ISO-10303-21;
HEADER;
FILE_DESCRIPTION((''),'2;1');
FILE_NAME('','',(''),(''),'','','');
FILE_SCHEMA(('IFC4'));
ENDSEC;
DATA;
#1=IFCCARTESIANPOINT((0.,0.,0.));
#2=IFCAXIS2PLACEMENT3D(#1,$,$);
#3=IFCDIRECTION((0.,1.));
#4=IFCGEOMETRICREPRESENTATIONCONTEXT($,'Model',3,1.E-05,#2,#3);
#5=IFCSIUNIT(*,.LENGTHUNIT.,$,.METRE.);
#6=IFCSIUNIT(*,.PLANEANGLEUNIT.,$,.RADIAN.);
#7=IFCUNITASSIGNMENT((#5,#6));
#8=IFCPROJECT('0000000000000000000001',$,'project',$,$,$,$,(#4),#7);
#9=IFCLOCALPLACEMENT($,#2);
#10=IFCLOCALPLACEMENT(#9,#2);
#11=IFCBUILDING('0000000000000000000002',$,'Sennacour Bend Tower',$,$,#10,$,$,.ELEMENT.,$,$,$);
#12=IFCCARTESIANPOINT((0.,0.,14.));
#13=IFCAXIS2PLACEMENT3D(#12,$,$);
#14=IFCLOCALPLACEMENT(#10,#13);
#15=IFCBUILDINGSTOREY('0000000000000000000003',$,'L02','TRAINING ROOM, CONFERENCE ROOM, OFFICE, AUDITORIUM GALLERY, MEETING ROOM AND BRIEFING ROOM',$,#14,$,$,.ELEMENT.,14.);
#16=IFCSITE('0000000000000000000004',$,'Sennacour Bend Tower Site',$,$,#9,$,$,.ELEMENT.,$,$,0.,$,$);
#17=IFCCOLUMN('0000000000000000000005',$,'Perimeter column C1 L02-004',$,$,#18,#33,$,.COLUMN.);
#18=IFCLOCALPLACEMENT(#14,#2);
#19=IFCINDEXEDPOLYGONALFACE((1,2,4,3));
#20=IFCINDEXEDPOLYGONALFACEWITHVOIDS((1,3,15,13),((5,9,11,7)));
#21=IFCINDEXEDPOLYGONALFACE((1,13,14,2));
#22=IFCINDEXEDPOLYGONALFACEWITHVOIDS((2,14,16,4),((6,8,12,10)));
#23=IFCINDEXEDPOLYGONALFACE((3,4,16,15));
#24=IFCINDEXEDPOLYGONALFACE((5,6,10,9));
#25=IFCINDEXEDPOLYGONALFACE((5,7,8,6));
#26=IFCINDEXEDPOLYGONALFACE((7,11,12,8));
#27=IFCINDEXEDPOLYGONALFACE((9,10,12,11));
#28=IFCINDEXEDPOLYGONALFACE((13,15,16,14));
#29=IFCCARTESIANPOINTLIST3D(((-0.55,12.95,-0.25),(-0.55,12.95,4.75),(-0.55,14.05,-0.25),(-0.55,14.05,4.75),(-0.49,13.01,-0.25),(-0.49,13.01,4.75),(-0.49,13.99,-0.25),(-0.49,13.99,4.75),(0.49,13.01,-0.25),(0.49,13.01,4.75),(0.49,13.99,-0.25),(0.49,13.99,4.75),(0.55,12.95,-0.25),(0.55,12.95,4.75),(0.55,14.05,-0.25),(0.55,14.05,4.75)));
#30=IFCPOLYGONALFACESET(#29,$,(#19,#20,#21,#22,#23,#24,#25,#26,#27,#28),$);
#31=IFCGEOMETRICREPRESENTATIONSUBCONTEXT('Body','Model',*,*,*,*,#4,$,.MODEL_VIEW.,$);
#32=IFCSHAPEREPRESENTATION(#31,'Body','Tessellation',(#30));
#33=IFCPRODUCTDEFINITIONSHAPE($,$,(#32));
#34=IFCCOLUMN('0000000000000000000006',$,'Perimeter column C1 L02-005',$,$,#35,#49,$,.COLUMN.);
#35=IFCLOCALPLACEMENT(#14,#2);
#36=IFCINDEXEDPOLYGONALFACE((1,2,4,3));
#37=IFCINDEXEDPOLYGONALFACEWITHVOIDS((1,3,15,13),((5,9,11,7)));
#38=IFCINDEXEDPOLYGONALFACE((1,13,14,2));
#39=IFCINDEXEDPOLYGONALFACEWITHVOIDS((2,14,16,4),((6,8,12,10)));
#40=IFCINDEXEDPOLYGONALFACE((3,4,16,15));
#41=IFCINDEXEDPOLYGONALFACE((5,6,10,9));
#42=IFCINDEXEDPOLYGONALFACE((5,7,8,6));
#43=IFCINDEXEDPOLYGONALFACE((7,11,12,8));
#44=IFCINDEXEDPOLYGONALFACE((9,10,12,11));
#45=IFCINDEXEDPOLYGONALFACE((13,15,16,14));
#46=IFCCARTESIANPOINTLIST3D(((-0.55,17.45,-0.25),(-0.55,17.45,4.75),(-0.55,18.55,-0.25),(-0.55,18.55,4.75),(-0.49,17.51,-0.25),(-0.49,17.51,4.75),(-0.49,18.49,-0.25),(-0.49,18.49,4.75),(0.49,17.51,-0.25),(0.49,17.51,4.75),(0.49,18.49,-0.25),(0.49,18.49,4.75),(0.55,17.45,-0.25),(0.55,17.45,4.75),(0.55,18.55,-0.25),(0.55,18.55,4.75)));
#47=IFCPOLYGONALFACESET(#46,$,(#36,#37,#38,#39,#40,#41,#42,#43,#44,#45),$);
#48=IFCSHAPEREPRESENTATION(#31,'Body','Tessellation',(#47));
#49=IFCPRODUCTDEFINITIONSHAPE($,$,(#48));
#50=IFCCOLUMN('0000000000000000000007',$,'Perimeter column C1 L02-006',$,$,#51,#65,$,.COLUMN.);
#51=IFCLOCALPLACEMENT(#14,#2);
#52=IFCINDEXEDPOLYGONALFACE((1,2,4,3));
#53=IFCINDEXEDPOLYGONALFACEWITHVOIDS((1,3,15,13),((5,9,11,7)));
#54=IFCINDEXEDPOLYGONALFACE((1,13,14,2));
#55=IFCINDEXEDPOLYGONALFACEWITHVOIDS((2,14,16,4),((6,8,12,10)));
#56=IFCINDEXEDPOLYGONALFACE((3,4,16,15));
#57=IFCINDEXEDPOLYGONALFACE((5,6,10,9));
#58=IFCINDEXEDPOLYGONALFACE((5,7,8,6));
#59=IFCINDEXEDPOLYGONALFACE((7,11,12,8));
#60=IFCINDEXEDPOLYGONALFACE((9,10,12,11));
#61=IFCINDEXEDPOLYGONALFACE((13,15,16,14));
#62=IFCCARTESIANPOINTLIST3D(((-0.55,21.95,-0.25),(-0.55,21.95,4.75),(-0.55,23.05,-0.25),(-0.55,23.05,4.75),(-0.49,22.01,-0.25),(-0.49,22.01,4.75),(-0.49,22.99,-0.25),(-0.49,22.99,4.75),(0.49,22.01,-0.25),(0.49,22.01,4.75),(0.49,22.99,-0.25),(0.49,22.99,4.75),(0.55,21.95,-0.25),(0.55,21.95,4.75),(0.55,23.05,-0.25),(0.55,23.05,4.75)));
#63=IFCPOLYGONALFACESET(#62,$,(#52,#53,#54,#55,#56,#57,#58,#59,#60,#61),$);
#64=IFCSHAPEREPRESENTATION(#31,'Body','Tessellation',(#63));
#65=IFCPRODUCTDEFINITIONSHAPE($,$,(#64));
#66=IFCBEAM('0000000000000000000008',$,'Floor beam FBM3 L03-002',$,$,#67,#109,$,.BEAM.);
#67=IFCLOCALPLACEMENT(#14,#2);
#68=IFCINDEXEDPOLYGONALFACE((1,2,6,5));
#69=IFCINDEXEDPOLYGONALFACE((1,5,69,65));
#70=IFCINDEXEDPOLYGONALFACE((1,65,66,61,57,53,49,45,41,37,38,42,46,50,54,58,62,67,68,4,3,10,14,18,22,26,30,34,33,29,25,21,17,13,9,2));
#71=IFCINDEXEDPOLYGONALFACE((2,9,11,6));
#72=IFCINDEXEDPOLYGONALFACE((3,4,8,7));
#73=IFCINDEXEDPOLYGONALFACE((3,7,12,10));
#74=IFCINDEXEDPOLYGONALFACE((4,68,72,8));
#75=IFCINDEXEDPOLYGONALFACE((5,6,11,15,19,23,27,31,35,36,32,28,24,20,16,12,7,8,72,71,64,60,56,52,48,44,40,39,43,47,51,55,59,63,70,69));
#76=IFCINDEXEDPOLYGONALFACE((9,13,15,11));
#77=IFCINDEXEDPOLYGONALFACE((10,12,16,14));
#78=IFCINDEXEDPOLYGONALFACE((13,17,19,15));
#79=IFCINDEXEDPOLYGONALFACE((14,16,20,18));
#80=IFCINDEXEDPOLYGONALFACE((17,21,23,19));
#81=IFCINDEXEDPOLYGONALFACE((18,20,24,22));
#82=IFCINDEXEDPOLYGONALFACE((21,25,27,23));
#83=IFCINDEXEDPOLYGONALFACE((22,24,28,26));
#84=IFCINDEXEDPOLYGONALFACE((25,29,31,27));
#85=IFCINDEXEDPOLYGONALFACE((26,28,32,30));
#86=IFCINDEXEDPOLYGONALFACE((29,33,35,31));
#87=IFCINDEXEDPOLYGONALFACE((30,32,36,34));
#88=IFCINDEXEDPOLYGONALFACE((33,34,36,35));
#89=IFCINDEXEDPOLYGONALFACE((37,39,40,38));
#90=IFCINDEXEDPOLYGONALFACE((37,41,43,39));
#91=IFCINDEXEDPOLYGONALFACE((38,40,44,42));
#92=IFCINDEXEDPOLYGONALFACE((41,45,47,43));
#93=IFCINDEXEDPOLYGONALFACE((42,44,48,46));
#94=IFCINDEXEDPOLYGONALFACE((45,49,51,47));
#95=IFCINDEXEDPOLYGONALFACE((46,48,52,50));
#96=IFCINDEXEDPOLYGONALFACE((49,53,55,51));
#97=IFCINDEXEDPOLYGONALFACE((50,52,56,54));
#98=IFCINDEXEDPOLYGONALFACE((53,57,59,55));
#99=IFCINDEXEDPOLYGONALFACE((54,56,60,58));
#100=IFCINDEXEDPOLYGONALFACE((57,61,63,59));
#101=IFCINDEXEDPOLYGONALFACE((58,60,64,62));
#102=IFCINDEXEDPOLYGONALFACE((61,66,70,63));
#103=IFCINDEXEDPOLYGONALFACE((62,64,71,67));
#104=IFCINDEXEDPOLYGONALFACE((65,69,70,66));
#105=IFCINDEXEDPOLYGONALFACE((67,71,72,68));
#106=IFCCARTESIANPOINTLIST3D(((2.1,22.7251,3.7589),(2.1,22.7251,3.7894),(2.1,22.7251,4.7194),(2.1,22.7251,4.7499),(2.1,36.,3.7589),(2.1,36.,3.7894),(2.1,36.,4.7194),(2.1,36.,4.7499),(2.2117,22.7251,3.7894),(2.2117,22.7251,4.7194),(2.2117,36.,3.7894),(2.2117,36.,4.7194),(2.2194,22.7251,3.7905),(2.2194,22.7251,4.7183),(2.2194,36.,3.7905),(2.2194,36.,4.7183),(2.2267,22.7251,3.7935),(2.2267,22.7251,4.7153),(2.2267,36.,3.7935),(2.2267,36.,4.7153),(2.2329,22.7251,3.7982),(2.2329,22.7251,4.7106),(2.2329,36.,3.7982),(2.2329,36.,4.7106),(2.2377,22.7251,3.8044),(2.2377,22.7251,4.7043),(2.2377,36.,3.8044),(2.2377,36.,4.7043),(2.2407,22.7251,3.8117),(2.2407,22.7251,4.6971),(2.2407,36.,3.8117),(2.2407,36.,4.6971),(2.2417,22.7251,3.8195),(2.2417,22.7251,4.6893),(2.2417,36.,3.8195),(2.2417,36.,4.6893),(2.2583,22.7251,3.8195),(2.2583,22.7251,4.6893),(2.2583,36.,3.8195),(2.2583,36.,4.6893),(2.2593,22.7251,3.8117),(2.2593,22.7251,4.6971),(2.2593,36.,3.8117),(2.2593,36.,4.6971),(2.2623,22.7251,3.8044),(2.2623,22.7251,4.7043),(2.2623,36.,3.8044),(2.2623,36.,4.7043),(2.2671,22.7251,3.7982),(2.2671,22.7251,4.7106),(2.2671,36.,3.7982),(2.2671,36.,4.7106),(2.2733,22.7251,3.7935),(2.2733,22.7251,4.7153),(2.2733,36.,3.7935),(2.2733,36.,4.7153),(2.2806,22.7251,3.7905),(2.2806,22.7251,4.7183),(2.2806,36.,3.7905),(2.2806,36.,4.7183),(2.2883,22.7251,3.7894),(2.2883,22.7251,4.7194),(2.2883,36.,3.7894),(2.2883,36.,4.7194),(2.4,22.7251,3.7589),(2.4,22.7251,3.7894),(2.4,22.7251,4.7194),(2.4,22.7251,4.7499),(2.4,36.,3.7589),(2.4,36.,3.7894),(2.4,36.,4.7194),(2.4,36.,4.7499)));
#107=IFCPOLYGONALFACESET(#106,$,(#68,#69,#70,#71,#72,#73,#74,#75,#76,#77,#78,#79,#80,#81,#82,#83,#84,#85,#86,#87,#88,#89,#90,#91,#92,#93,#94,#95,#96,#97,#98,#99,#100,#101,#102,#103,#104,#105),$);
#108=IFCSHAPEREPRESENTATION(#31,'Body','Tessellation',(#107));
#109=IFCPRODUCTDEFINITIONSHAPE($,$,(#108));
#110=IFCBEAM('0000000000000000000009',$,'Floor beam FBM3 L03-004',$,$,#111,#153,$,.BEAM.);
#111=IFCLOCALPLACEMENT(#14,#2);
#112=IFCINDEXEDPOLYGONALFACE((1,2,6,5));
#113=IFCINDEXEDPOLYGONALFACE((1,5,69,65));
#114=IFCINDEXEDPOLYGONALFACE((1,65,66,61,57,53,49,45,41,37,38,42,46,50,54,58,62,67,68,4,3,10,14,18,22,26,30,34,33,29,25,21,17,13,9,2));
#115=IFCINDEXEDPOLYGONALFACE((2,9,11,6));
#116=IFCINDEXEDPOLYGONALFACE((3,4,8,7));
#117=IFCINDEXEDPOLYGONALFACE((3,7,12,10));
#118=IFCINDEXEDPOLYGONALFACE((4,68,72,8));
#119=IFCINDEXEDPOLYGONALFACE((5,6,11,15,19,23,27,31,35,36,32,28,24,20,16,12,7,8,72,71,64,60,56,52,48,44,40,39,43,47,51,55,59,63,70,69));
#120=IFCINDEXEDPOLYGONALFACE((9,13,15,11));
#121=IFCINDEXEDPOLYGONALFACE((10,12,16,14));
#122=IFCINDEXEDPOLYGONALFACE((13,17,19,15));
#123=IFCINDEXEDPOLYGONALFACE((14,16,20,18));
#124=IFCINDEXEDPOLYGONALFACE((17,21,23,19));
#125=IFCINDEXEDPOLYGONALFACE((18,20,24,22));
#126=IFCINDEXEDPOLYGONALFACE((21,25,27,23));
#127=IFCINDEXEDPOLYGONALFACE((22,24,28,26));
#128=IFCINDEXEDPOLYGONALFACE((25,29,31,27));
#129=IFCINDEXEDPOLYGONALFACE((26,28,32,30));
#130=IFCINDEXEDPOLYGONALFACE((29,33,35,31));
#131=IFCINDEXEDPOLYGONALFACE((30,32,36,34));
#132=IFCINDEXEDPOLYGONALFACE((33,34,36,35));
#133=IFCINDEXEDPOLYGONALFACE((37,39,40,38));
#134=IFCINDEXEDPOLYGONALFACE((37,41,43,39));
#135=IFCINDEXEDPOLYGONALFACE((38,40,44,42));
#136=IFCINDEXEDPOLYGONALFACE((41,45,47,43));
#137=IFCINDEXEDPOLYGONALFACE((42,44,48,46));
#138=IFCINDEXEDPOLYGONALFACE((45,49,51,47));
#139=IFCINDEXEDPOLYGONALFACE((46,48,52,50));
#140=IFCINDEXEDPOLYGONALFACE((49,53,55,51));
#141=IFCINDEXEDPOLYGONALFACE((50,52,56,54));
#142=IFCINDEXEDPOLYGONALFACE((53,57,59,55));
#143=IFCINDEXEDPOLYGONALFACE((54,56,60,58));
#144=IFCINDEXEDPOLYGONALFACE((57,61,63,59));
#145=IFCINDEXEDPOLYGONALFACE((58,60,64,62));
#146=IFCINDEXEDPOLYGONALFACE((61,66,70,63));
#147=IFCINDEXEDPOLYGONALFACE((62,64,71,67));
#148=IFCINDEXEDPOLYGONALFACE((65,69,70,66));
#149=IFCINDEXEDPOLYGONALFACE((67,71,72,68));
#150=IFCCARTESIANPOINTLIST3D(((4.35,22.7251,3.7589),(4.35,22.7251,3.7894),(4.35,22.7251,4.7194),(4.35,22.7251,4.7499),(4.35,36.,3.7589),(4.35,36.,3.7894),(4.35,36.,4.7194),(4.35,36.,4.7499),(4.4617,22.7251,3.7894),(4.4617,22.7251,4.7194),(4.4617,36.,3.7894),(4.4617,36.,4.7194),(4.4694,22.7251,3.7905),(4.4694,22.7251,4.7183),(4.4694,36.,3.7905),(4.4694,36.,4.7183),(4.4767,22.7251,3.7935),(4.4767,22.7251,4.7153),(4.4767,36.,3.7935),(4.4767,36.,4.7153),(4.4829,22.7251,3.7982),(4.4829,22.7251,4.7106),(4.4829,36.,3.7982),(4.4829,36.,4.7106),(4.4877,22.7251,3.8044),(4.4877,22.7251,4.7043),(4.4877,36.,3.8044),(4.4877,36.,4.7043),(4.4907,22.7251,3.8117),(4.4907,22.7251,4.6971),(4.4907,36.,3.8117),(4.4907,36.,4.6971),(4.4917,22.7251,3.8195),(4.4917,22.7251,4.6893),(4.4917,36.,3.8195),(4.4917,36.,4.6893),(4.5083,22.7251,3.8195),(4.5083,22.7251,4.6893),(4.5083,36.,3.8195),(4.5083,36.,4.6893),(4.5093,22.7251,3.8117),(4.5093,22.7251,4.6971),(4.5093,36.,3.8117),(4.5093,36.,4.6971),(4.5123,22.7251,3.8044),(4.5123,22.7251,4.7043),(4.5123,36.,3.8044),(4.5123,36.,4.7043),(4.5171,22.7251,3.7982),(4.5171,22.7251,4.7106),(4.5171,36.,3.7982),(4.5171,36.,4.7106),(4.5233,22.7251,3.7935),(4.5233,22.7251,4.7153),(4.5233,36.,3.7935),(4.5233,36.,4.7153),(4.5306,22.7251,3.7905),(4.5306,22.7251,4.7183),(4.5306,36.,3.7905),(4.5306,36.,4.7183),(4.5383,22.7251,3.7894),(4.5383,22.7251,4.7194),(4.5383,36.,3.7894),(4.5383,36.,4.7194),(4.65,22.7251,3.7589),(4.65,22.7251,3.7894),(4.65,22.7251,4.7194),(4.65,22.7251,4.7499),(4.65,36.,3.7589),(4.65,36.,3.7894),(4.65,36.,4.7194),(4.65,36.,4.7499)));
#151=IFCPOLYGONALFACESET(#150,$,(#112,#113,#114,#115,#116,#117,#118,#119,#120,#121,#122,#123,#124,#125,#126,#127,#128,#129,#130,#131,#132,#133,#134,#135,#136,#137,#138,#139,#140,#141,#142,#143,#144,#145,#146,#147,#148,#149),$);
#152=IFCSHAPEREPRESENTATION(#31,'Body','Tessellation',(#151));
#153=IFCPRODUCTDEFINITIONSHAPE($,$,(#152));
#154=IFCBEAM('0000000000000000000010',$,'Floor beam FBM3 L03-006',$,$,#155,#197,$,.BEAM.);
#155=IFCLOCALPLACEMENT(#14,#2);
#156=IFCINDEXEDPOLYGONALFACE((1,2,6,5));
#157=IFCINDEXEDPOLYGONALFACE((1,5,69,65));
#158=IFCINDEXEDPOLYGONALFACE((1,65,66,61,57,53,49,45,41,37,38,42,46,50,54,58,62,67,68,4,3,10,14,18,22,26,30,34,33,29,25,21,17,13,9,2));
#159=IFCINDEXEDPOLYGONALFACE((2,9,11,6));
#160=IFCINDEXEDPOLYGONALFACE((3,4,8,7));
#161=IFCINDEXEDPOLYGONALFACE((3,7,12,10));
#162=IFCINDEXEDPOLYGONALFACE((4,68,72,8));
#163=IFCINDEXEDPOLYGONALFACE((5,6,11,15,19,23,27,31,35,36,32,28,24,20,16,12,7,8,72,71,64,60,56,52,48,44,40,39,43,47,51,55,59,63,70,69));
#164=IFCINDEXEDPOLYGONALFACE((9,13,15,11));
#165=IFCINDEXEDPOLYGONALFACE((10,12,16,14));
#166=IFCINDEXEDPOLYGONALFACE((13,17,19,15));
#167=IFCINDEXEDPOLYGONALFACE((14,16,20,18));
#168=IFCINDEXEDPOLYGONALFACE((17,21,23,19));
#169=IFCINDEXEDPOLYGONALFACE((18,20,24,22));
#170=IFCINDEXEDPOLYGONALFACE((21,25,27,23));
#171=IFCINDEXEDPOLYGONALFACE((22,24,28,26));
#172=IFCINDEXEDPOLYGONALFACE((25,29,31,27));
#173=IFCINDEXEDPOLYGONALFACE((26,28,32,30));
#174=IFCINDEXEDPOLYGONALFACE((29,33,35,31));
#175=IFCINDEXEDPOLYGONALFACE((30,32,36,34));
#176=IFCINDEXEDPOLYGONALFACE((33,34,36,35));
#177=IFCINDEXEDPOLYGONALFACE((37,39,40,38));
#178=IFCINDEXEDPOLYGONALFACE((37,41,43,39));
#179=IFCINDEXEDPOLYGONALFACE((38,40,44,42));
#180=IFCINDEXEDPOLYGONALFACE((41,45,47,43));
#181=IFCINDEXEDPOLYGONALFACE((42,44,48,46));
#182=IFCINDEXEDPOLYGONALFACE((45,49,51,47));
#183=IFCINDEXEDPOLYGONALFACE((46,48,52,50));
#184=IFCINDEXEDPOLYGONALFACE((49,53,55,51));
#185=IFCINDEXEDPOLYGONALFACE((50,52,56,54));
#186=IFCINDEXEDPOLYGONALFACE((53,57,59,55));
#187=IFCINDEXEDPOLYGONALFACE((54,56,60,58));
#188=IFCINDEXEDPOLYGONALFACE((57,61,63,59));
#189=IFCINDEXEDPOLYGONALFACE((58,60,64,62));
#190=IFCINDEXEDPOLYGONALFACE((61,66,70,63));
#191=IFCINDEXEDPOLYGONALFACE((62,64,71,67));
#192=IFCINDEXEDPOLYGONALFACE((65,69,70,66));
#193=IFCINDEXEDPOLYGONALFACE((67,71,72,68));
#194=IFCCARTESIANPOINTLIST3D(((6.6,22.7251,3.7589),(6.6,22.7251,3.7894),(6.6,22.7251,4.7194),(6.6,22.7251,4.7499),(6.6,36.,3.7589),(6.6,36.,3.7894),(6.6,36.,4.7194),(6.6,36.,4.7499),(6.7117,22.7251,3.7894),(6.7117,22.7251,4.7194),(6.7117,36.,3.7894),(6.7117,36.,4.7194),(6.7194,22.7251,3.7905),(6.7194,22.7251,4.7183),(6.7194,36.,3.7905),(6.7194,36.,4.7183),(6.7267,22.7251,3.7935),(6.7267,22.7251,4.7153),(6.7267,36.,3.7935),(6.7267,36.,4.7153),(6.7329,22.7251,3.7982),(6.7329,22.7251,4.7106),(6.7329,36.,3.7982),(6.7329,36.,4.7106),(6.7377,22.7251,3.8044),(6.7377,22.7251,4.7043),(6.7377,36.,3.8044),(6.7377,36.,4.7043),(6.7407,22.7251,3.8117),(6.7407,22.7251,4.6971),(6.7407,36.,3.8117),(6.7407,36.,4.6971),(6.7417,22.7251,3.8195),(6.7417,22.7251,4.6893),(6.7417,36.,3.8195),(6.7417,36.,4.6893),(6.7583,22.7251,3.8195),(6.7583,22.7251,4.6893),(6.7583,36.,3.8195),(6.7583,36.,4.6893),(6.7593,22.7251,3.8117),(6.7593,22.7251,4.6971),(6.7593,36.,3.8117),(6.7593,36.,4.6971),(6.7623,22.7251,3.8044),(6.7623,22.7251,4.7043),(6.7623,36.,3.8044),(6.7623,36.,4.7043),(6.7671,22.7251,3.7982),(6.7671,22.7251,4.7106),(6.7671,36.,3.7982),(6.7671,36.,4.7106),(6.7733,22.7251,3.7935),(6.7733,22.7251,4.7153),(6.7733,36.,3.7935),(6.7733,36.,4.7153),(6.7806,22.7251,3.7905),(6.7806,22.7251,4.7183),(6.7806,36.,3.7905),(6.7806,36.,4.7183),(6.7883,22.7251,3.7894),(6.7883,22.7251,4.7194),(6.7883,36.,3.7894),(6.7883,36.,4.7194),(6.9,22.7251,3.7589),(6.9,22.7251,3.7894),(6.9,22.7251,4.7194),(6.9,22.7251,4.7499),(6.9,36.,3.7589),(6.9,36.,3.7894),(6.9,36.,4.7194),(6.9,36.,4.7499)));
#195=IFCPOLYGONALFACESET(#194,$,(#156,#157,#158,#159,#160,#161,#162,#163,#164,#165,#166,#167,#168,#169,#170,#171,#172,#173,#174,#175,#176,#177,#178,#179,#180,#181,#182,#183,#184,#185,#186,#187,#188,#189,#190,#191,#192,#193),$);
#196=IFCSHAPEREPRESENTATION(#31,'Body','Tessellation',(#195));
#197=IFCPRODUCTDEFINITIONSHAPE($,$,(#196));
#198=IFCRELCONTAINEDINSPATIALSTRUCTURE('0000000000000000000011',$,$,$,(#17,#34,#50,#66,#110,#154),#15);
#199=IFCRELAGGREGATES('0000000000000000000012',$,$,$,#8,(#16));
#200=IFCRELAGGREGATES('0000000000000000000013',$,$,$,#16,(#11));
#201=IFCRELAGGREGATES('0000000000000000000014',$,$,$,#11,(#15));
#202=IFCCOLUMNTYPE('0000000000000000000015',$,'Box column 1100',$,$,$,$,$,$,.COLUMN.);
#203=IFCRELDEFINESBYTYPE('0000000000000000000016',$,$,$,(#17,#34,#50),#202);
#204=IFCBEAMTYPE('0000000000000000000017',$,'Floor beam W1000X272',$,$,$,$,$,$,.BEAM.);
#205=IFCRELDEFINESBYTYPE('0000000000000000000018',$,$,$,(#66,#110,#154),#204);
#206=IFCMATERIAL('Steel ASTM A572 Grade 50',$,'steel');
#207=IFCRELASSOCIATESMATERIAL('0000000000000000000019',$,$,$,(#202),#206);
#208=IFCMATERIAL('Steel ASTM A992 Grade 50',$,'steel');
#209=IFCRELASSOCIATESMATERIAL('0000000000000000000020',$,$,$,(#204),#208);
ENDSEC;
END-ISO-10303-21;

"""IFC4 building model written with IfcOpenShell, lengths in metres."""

from ifc_helpers import new_model, si_unit, direction, frame, origin, origin_2d, place, context, subcontext, project, spatial, hollow_rectangle, i_section, extrude, material, material_profile, profile_set, type_object, element, save


model = new_model("IFC4")

# Units and contexts
model_context = context("Model", 3, precision=1e-05, world=origin(), true_north=direction((0.0, 1.0)))
body_context = subcontext(model_context, "Body", "Model", "MODEL_VIEW")
ifc_project = project(units=[si_unit("LENGTHUNIT", "METRE"), si_unit("PLANEANGLEUNIT", "RADIAN")], contexts=[model_context])

# Site, building, storey
site_placement = place(None, origin())
site = spatial("IfcSite", under=ifc_project, at=site_placement, Name="Sennacour Bend Tower Site", CompositionType="ELEMENT", RefElevation=0.0)
building_placement = place(site_placement, origin())
building = spatial("IfcBuilding", under=site, at=building_placement, Name="Sennacour Bend Tower", CompositionType="ELEMENT")
storey_placement = place(building_placement, frame((0.0, 0.0, 14.0)))
storey = spatial("IfcBuildingStorey", under=building, at=storey_placement, Name="L02", Description="TRAINING ROOM, CONFERENCE ROOM, OFFICE, AUDITORIUM GALLERY, MEETING ROOM AND BRIEFING ROOM", CompositionType="ELEMENT", Elevation=14.0)

# Columns
ifc_material_1 = material(Name="Steel ASTM A572 Grade 50", Category="steel")
ifc_material_profile_1 = material_profile(ifc_material_1, hollow_rectangle(XDim=1.1001, YDim=1.1001, WallThickness=0.0601, at=origin_2d()), Name="Steel ASTM A572 Grade 50", Category="steel")
ifc_profile_set_1 = profile_set([ifc_material_profile_1], Name="Steel ASTM A572 Grade 50")
column_type = type_object("IfcColumnType", Name="Box column 1100", PredefinedType="COLUMN", material=ifc_profile_set_1)
for number, where, z_axis, x_axis, name in (
    (1, (0.0, 13.5, -0.25), (0.0, 0.0, 1.0), (1.0, 0.0, 0.0), "Perimeter column C1 L02-004"),
    (2, (0.0, 18.0, -0.25), (0.0, 0.0, 1.0), (1.0, 0.0, 0.0), "Perimeter column C1 L02-005"),
    (3, (0.0, 22.5, -0.25), (0.0, 0.0, 1.0), (1.0, 0.0, 0.0), "Perimeter column C1 L02-006"),
):
    element("IfcColumn", number, at=place(storey_placement, frame(where, z_axis=z_axis, x_axis=x_axis)), inside=storey, type_object=column_type, Name=name, PredefinedType="COLUMN", context=body_context, shape_type="SweptSolid", body=[
        extrude(hollow_rectangle(XDim=1.1001, YDim=1.1001, WallThickness=0.0601, at=origin_2d()), origin(), (0.0, 0.0, 1.0), 5.0),
    ])

# Beams
ifc_material_2 = material(Name="Steel ASTM A992 Grade 50", Category="steel")
ifc_material_profile_2 = material_profile(ifc_material_2, i_section(OverallWidth=0.3, OverallDepth=0.991, WebThickness=0.0166, FlangeThickness=0.0305, FilletRadius=0.03, at=origin_2d()), Name="Steel ASTM A992 Grade 50", Category="steel")
ifc_profile_set_2 = profile_set([ifc_material_profile_2], Name="Steel ASTM A992 Grade 50")
beam_type_1 = type_object("IfcBeamType", Name="Floor beam W1000X272", PredefinedType="BEAM", material=ifc_profile_set_2)
for number, where, z_axis, x_axis, name in (
    (4, (2.25, 22.7251, 4.2544), (0.0, 1.0, 0.0), (-1.0, 0.0, 0.0), "Floor beam FBM3 L03-002"),
    (5, (4.5, 22.7251, 4.2544), (0.0, 1.0, 0.0), (-1.0, 0.0, 0.0), "Floor beam FBM3 L03-004"),
    (6, (6.75, 22.7251, 4.2544), (0.0, 1.0, 0.0), (-1.0, 0.0, 0.0), "Floor beam FBM3 L03-006"),
):
    element("IfcBeam", number, at=place(storey_placement, frame(where, z_axis=z_axis, x_axis=x_axis)), inside=storey, type_object=beam_type_1, Name=name, PredefinedType="BEAM", context=body_context, shape_type="SweptSolid", body=[
        extrude(i_section(OverallWidth=0.3, OverallDepth=0.991, WebThickness=0.0166, FlangeThickness=0.0305, FilletRadius=0.03, at=origin_2d()), origin(), (0.0, 0.0, 1.0), 13.2749),
    ])

save(model, "model.ifc")
